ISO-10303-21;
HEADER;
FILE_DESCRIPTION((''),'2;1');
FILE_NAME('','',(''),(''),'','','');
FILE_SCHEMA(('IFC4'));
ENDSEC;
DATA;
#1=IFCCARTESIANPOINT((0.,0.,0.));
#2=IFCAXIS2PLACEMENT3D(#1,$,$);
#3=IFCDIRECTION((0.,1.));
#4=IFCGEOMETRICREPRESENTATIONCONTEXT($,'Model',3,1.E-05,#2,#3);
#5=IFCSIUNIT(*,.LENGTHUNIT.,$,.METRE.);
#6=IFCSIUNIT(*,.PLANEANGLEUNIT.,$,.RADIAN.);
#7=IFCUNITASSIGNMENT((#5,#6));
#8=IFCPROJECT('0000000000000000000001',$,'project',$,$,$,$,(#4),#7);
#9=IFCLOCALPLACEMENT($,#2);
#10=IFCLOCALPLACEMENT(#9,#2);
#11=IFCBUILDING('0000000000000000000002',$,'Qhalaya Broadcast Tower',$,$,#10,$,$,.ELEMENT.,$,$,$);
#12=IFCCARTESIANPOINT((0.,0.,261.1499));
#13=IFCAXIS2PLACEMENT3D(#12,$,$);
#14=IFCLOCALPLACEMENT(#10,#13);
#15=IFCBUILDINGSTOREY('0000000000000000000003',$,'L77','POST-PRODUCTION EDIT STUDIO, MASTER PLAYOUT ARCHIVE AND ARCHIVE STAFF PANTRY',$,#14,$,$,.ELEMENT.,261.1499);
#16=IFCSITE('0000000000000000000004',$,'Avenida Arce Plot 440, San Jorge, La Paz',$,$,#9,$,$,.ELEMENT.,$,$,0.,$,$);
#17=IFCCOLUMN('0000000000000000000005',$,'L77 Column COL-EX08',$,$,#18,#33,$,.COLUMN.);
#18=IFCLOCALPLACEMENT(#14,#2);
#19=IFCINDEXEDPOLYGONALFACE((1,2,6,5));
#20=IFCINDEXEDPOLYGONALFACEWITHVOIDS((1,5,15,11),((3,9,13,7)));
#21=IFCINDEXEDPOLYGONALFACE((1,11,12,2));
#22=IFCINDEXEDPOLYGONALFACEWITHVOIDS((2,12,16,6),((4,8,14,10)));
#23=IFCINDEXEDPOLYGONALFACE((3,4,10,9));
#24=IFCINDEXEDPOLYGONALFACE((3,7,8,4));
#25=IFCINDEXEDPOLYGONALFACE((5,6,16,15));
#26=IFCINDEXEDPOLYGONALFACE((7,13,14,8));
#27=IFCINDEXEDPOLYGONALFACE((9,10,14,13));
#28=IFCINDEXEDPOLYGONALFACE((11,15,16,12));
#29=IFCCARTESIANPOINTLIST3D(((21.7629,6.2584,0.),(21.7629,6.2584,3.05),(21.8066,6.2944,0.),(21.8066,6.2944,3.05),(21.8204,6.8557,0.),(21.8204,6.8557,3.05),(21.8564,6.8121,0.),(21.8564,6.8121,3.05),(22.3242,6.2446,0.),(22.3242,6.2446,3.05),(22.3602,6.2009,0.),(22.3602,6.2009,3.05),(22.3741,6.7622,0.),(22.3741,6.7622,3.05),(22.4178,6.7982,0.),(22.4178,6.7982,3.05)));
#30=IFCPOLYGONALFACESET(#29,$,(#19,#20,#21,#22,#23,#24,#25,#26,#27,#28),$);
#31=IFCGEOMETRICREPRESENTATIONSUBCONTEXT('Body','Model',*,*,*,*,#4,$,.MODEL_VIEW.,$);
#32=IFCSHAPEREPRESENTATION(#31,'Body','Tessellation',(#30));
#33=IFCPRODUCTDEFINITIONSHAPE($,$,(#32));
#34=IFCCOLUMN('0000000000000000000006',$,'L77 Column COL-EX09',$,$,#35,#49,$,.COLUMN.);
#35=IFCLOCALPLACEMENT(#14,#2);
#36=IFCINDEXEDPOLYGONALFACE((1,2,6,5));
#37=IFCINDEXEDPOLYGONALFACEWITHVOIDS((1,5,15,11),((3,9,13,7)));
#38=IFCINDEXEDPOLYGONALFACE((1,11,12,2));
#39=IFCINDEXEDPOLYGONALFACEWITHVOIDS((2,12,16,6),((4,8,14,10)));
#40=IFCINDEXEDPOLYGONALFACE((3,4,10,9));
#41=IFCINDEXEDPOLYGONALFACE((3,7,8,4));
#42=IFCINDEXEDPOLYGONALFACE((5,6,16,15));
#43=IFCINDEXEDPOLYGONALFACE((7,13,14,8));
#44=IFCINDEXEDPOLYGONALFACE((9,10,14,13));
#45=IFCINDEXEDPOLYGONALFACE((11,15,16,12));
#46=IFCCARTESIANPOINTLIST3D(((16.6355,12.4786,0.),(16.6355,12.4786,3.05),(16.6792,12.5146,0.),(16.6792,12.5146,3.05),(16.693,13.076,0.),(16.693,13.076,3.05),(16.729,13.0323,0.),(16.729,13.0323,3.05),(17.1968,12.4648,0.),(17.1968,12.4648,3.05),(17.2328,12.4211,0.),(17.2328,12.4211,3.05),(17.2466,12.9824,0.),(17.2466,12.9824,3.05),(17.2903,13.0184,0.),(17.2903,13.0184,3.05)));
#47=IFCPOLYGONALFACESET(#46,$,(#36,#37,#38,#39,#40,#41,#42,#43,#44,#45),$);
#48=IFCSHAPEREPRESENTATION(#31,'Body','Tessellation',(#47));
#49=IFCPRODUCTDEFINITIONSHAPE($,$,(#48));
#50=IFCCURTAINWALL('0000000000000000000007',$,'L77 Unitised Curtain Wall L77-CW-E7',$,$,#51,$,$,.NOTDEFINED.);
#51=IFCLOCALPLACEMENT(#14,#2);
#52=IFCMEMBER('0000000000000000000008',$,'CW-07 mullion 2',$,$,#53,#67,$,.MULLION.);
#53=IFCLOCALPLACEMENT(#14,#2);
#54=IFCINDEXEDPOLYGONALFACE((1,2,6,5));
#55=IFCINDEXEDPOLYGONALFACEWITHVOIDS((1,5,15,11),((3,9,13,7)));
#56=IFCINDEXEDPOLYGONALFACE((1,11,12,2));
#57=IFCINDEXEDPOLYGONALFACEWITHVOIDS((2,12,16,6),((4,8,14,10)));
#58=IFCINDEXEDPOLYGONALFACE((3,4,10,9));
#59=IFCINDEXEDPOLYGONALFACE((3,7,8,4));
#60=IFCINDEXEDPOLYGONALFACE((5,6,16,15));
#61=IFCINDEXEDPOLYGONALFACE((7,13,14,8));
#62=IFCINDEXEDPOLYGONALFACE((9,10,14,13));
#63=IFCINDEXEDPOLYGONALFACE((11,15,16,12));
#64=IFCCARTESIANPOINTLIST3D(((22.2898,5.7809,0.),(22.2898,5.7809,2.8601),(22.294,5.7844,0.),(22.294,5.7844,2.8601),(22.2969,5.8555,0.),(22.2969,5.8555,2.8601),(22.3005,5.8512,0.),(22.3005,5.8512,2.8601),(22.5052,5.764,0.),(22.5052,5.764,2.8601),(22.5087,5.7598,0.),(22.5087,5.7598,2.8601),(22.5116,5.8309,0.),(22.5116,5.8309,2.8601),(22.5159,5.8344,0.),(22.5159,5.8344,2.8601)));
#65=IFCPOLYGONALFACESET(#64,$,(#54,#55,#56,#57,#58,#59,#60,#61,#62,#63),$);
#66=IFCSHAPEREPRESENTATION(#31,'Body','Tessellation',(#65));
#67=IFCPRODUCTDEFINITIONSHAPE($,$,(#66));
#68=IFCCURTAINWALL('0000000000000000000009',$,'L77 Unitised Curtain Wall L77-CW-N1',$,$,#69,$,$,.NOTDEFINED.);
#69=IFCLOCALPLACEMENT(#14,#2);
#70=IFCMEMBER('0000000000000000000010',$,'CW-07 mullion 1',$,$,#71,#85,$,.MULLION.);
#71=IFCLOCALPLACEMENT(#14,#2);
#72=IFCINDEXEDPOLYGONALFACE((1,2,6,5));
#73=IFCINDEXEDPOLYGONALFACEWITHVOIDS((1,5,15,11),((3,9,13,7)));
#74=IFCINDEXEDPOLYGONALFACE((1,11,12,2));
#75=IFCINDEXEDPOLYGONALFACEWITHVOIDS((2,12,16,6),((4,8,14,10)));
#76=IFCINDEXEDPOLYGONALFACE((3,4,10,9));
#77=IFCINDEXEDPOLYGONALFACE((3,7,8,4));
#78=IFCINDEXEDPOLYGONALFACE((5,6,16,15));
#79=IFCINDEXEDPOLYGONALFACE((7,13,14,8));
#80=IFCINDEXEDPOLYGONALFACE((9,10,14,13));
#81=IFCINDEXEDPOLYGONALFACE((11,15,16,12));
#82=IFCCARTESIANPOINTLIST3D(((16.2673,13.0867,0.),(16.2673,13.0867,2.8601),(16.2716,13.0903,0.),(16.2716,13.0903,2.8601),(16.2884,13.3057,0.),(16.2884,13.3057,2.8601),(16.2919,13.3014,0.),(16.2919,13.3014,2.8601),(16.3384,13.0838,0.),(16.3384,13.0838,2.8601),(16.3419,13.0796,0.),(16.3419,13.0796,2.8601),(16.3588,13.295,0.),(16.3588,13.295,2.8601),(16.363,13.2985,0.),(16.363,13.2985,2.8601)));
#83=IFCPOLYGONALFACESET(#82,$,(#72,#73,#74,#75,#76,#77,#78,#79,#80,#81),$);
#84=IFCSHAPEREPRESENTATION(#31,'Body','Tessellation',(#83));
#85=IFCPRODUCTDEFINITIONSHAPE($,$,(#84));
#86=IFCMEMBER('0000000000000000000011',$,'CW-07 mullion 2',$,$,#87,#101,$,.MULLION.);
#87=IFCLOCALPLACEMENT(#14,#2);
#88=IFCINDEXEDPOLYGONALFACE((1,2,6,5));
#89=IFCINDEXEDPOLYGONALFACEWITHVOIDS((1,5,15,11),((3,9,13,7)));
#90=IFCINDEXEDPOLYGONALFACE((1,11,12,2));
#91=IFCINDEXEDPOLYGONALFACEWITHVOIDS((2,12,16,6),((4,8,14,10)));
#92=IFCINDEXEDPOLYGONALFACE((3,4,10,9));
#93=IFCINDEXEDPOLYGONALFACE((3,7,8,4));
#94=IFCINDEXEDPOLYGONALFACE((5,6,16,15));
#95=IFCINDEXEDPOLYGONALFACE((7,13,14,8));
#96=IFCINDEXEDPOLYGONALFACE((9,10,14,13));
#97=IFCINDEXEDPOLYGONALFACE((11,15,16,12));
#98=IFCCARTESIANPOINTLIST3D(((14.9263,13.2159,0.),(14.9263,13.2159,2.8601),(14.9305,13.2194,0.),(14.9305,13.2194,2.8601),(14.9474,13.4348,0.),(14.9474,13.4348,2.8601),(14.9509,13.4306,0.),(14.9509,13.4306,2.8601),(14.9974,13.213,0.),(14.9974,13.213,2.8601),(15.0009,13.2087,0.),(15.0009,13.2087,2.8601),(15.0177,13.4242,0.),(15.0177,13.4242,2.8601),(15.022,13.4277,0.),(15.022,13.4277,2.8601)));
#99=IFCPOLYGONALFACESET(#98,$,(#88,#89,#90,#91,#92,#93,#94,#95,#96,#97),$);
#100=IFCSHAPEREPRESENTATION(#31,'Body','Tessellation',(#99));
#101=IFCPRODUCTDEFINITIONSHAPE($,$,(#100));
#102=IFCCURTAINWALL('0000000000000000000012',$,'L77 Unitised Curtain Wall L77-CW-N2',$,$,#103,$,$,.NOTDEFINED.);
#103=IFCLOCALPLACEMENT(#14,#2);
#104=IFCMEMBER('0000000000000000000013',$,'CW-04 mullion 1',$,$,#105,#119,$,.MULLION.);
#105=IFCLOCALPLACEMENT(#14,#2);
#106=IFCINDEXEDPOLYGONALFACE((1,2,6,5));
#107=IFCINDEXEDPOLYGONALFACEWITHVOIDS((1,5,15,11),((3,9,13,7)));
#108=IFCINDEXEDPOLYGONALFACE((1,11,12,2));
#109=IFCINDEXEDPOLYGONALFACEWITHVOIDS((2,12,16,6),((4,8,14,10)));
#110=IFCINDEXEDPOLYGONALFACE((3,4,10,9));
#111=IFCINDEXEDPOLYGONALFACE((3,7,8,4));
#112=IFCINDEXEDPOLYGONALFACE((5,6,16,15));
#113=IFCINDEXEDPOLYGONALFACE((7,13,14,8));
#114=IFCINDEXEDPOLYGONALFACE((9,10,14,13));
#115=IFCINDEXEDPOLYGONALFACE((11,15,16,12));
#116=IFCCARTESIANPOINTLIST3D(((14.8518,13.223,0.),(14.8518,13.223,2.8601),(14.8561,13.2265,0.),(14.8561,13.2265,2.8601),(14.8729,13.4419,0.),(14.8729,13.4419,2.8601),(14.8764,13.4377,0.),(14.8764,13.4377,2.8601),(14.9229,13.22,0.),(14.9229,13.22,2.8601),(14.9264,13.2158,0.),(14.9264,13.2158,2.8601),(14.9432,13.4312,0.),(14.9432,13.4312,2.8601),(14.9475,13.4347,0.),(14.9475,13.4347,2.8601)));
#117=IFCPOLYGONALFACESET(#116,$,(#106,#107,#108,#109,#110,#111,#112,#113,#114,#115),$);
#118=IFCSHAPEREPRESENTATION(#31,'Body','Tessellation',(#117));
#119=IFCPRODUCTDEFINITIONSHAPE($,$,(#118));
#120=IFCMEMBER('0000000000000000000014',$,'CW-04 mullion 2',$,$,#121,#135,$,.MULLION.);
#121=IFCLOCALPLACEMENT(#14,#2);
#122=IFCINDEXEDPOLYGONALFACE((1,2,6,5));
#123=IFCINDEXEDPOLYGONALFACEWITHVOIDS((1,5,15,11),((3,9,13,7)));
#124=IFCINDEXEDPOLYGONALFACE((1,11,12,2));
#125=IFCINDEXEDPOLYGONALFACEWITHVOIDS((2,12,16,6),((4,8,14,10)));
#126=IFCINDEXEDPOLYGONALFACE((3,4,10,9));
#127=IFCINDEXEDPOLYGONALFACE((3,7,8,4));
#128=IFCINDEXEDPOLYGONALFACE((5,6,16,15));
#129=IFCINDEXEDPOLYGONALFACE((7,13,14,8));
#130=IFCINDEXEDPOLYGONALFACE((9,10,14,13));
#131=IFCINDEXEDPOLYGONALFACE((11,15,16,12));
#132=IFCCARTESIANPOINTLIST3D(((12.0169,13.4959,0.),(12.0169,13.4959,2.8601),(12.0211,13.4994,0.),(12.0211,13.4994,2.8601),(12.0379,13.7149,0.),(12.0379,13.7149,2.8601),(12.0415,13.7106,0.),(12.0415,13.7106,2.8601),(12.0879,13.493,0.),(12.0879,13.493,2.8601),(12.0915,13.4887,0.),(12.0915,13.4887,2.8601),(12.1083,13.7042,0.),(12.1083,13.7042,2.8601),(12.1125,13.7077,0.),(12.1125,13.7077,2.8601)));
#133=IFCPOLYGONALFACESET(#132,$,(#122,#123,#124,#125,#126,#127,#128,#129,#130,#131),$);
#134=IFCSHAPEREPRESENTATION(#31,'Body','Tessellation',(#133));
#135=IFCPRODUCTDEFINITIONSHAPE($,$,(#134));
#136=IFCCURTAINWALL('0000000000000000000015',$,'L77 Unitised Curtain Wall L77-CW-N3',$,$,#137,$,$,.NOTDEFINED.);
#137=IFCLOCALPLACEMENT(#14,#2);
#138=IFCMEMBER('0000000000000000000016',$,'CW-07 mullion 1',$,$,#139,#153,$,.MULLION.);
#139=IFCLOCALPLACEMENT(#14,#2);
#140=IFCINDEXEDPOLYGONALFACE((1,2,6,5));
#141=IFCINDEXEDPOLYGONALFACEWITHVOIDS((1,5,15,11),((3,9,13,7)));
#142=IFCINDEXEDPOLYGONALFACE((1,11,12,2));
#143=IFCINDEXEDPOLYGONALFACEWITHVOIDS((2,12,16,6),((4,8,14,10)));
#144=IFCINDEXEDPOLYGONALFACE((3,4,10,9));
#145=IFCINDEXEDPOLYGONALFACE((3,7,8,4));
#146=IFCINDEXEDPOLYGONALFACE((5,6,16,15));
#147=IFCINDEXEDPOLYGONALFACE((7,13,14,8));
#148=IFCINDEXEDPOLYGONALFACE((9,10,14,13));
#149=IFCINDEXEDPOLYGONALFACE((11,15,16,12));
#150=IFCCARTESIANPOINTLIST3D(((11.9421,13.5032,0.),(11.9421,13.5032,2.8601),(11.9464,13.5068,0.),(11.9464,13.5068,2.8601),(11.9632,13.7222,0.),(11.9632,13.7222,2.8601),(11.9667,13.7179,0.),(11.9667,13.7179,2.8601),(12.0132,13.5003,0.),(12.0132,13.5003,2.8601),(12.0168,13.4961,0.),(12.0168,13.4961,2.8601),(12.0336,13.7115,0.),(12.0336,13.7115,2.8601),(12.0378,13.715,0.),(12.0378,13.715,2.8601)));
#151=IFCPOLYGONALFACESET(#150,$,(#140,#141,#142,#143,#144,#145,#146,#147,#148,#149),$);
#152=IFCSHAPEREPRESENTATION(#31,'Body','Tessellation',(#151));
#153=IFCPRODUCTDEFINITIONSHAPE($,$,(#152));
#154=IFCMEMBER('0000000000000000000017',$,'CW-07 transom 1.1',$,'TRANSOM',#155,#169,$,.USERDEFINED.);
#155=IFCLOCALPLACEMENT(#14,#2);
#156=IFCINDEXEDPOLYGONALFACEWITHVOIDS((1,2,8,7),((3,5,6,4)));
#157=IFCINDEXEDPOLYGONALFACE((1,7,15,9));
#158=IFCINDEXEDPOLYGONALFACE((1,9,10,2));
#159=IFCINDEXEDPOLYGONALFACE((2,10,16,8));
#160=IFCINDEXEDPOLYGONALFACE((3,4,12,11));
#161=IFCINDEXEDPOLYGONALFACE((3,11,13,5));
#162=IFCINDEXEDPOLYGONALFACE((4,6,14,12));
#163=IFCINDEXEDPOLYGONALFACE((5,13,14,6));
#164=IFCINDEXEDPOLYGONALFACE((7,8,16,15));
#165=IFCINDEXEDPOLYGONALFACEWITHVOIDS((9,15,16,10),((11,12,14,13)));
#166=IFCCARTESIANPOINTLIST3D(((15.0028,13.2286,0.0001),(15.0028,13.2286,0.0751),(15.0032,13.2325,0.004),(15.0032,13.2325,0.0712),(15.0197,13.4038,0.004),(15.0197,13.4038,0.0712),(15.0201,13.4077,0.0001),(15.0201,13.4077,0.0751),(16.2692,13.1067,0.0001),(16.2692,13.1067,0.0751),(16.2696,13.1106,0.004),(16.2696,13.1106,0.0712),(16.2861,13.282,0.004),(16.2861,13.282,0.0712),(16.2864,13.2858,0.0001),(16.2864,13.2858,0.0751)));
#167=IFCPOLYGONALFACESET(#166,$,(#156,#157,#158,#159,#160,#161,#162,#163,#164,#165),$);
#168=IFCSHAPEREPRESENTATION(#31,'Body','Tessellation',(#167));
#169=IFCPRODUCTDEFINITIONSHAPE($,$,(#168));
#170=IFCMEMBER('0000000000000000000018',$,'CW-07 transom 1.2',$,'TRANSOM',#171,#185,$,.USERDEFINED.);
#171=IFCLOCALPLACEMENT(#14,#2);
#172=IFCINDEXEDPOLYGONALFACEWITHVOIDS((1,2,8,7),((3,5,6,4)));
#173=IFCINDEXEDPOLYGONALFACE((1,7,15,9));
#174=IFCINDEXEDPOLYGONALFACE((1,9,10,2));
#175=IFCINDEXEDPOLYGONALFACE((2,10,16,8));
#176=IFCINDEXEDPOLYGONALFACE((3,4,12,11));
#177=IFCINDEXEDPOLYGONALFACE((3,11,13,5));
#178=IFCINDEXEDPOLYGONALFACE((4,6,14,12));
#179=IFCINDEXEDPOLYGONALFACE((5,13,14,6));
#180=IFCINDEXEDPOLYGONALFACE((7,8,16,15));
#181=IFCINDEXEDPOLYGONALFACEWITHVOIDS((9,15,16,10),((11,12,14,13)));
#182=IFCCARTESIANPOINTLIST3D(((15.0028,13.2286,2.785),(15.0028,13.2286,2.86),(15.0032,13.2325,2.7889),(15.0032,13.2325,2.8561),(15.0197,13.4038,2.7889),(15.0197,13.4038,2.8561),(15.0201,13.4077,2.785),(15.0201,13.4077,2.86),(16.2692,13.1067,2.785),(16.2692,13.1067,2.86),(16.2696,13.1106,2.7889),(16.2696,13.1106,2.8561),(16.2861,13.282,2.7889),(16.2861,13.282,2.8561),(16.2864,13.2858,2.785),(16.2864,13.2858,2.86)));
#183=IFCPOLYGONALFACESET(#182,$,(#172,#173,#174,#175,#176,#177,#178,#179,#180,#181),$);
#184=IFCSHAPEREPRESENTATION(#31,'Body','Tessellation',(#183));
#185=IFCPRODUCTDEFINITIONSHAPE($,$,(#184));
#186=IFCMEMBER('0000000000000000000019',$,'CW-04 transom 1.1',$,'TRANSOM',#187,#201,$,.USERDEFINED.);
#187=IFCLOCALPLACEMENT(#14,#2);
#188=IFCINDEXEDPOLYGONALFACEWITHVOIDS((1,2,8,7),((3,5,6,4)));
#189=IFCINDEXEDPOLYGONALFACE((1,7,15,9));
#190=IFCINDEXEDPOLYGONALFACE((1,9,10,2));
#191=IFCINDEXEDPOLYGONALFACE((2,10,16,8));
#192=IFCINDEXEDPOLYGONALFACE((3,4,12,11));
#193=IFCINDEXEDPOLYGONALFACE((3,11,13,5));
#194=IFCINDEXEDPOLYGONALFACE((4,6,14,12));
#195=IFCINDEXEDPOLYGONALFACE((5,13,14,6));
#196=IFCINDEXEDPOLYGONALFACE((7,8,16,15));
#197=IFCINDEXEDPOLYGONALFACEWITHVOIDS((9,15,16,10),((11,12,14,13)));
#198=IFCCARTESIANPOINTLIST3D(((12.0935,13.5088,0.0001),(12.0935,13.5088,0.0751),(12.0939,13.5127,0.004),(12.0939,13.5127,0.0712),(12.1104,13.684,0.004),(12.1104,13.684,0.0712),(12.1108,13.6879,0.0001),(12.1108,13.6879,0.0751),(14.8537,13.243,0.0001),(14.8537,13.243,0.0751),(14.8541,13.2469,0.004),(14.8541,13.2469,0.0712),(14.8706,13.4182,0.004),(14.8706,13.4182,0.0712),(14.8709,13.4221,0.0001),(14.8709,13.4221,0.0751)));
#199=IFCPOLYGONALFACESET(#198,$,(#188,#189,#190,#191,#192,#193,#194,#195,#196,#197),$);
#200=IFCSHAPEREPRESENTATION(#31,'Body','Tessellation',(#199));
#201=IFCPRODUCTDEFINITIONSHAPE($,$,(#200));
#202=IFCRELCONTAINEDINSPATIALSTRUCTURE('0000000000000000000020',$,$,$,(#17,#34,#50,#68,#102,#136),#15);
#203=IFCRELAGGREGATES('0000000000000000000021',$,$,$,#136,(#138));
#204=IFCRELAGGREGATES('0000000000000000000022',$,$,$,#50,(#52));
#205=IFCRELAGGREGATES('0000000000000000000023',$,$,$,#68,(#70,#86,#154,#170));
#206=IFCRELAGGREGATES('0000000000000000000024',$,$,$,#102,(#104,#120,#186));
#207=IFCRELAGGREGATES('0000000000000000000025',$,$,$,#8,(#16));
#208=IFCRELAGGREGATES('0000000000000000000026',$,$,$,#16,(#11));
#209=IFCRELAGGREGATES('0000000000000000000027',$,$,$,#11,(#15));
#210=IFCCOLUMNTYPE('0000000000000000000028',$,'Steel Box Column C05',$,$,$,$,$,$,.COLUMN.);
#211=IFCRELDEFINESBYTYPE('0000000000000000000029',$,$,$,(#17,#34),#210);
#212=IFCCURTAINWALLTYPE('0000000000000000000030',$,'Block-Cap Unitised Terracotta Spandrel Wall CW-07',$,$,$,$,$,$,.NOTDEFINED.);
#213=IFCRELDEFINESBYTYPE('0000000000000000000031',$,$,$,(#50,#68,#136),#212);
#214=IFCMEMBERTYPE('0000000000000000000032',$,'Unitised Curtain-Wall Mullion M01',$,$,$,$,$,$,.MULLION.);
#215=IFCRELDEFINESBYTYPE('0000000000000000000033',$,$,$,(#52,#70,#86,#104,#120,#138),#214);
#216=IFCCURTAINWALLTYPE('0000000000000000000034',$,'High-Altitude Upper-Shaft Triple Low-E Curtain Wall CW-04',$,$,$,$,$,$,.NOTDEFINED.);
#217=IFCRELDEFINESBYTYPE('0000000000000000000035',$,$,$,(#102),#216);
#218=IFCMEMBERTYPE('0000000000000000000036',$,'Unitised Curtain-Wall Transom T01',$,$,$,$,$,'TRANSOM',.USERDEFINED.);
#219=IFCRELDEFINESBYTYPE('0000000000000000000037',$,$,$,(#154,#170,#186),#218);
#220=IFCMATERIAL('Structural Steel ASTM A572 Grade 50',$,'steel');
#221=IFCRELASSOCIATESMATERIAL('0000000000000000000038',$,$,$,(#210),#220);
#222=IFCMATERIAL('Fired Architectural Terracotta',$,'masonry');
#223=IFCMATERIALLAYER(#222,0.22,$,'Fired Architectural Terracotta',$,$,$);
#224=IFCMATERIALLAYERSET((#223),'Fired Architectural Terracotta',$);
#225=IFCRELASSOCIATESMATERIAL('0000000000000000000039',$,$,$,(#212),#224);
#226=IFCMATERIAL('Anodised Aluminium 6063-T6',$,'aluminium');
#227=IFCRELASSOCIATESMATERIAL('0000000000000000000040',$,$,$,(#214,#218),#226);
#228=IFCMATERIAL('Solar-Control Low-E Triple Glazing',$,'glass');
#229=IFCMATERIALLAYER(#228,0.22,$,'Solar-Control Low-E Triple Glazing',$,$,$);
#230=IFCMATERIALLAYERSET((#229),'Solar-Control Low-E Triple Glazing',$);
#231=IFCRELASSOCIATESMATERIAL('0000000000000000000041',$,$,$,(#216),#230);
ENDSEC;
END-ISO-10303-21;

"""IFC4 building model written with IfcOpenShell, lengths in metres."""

from ifc_helpers import new_model, si_unit, direction, frame, origin, origin_2d, place, context, subcontext, project, spatial, hollow_rectangle, extrude, material, layer, layer_set, material_profile, profile_set, type_object, element, aggregate, save


model = new_model("IFC4")

# Units and contexts
model_context = context("Model", 3, precision=1e-05, world=origin(), true_north=direction((0.0, 1.0)))
body_context = subcontext(model_context, "Body", "Model", "MODEL_VIEW")
ifc_project = project(units=[si_unit("LENGTHUNIT", "METRE"), si_unit("PLANEANGLEUNIT", "RADIAN")], contexts=[model_context])

# Site, building, storey
site_placement = place(None, origin())
site = spatial("IfcSite", under=ifc_project, at=site_placement, Name="Avenida Arce Plot 440, San Jorge, La Paz", CompositionType="ELEMENT", RefElevation=0.0)
building_placement = place(site_placement, origin())
building = spatial("IfcBuilding", under=site, at=building_placement, Name="Qhalaya Broadcast Tower", CompositionType="ELEMENT")
storey_placement = place(building_placement, frame((0.0, 0.0, 261.1499)))
storey = spatial("IfcBuildingStorey", under=building, at=storey_placement, Name="L77", Description="POST-PRODUCTION EDIT STUDIO, MASTER PLAYOUT ARCHIVE AND ARCHIVE STAFF PANTRY", CompositionType="ELEMENT", Elevation=261.1499)

# Columns
ifc_material_1 = material(Name="Structural Steel ASTM A572 Grade 50", Category="steel")
ifc_material_profile_1 = material_profile(ifc_material_1, hollow_rectangle(XDim=0.6001, YDim=0.6001, WallThickness=0.04, at=origin_2d()), Name="BOX 600x600x40")
ifc_profile_set_1 = profile_set([ifc_material_profile_1], Name="Structural Steel ASTM A572 Grade 50")
column_type = type_object("IfcColumnType", Name="Steel Box Column C05", PredefinedType="COLUMN", material=ifc_profile_set_1)
for number, where, z_axis, x_axis, name in (
    (1, (22.0903, 6.5283, 0.0), (0.0, 0.0, 1.0), (0.095846, 0.995396, 0.0), "L77 Column COL-EX08"),
    (2, (16.9629, 12.7485, 0.0), (0.0, 0.0, 1.0), (0.995396, -0.095846, 0.0), "L77 Column COL-EX09"),
):
    element("IfcColumn", number, at=place(storey_placement, frame(where, z_axis=z_axis, x_axis=x_axis)), inside=storey, type_object=column_type, Name=name, PredefinedType="COLUMN", context=body_context, shape_type="SweptSolid", body=[
        extrude(hollow_rectangle(XDim=0.6001, YDim=0.6001, WallThickness=0.04, at=origin_2d()), origin(), (0.0, 0.0, 1.0), 3.05),
    ])

# Curtain wall, member
ifc_material_2 = material(Name="Fired Architectural Terracotta", Category="masonry")
ifc_layer_1 = layer(ifc_material_2, 0.22, Name="Fired Architectural Terracotta")
ifc_layer_set_1 = layer_set([ifc_layer_1], Name="Fired Architectural Terracotta")
curtain_wall_type_1 = type_object("IfcCurtainWallType", Name="Block-Cap Unitised Terracotta Spandrel Wall CW-07", PredefinedType="NOTDEFINED", material=ifc_layer_set_1)
curtain_wall_1_placement = place(storey_placement, origin())
curtain_wall_1 = element("IfcCurtainWall", 3, at=curtain_wall_1_placement, inside=storey, type_object=curtain_wall_type_1, Name="L77 Unitised Curtain Wall L77-CW-E7", PredefinedType="NOTDEFINED")
ifc_material_3 = material(Name="Anodised Aluminium 6063-T6", Category="aluminium")
ifc_material_profile_2 = material_profile(ifc_material_3, hollow_rectangle(XDim=0.075, YDim=0.22, WallThickness=0.0039, at=origin_2d()), Name="ALU-MUL 75x220x4")
ifc_profile_set_2 = profile_set([ifc_material_profile_2], Name="Anodised Aluminium 6063-T6")
member_type_1 = type_object("IfcMemberType", Name="Unitised Curtain-Wall Mullion M01", PredefinedType="MULLION", material=ifc_profile_set_2)
member_1_placement = place(storey_placement, frame((22.4028, 5.8076, 0.0), z_axis=(0.0, 0.0, 1.0), x_axis=(0.095857, 0.995395, 0.0)))
member_1 = element("IfcMember", 4, at=member_1_placement, type_object=member_type_1, Name="CW-07 mullion 2", PredefinedType="MULLION", context=body_context, shape_type="SweptSolid", body=[
    extrude(hollow_rectangle(XDim=0.075, YDim=0.22, WallThickness=0.0039, at=origin_2d()), origin(), (0.0, 0.0, 1.0), 2.8601),
])

# Curtain walls, members
curtain_wall_2_placement = place(storey_placement, origin())
curtain_wall_2 = element("IfcCurtainWall", 5, at=curtain_wall_2_placement, inside=storey, type_object=curtain_wall_type_1, Name="L77 Unitised Curtain Wall L77-CW-N1", PredefinedType="NOTDEFINED")
member_2_placement = place(storey_placement, frame((16.3152, 13.1926, 0.0), z_axis=(0.0, 0.0, 1.0), x_axis=(-0.995396, 0.095848, 0.0)))
member_2 = element("IfcMember", 6, at=member_2_placement, type_object=member_type_1, Name="CW-07 mullion 1", PredefinedType="MULLION", context=body_context, shape_type="SweptSolid", body=[
    extrude(hollow_rectangle(XDim=0.075, YDim=0.22, WallThickness=0.0039, at=origin_2d()), origin(), (0.0, 0.0, 1.0), 2.8601),
])
member_3_placement = place(storey_placement, frame((14.9741, 13.3218, 0.0), z_axis=(0.0, 0.0, 1.0), x_axis=(-0.995396, 0.095848, 0.0)))
member_3 = element("IfcMember", 7, at=member_3_placement, type_object=member_type_1, Name="CW-07 mullion 2", PredefinedType="MULLION", context=body_context, shape_type="SweptSolid", body=[
    extrude(hollow_rectangle(XDim=0.075, YDim=0.22, WallThickness=0.0039, at=origin_2d()), origin(), (0.0, 0.0, 1.0), 2.8601),
])
ifc_material_4 = material(Name="Solar-Control Low-E Triple Glazing", Category="glass")
ifc_layer_2 = layer(ifc_material_4, 0.22, Name="Solar-Control Low-E Triple Glazing")
ifc_layer_set_2 = layer_set([ifc_layer_2], Name="Solar-Control Low-E Triple Glazing")
curtain_wall_type_2 = type_object("IfcCurtainWallType", Name="High-Altitude Upper-Shaft Triple Low-E Curtain Wall CW-04", PredefinedType="NOTDEFINED", material=ifc_layer_set_2)
curtain_wall_3_placement = place(storey_placement, origin())
curtain_wall_3 = element("IfcCurtainWall", 8, at=curtain_wall_3_placement, inside=storey, type_object=curtain_wall_type_2, Name="L77 Unitised Curtain Wall L77-CW-N2", PredefinedType="NOTDEFINED")
member_4_placement = place(storey_placement, frame((14.8997, 13.3289, 0.0), z_axis=(0.0, 0.0, 1.0), x_axis=(-0.995395, 0.095862, 0.0)))
member_4 = element("IfcMember", 9, at=member_4_placement, type_object=member_type_1, Name="CW-04 mullion 1", PredefinedType="MULLION", context=body_context, shape_type="SweptSolid", body=[
    extrude(hollow_rectangle(XDim=0.075, YDim=0.22, WallThickness=0.0039, at=origin_2d()), origin(), (0.0, 0.0, 1.0), 2.8601),
])
member_5_placement = place(storey_placement, frame((12.0647, 13.6018, 0.0), z_axis=(0.0, 0.0, 1.0), x_axis=(-0.995395, 0.095862, 0.0)))
member_5 = element("IfcMember", 10, at=member_5_placement, type_object=member_type_1, Name="CW-04 mullion 2", PredefinedType="MULLION", context=body_context, shape_type="SweptSolid", body=[
    extrude(hollow_rectangle(XDim=0.075, YDim=0.22, WallThickness=0.0039, at=origin_2d()), origin(), (0.0, 0.0, 1.0), 2.8601),
])

# Curtain wall, member
curtain_wall_4_placement = place(storey_placement, origin())
curtain_wall_4 = element("IfcCurtainWall", 11, at=curtain_wall_4_placement, inside=storey, type_object=curtain_wall_type_1, Name="L77 Unitised Curtain Wall L77-CW-N3", PredefinedType="NOTDEFINED")
member_6_placement = place(storey_placement, frame((11.99, 13.6091, 0.0), z_axis=(0.0, 0.0, 1.0), x_axis=(-0.995396, 0.095845, 0.0)))
member_6 = element("IfcMember", 12, at=member_6_placement, type_object=member_type_1, Name="CW-07 mullion 1", PredefinedType="MULLION", context=body_context, shape_type="SweptSolid", body=[
    extrude(hollow_rectangle(XDim=0.075, YDim=0.22, WallThickness=0.0039, at=origin_2d()), origin(), (0.0, 0.0, 1.0), 2.8601),
])

# Members
ifc_material_profile_3 = material_profile(ifc_material_3, hollow_rectangle(XDim=0.075, YDim=0.1799, WallThickness=0.0039, at=origin_2d()), Name="ALU-TRN 75x180x4")
ifc_profile_set_3 = profile_set([ifc_material_profile_3], Name="Anodised Aluminium 6063-T6")
member_type_2 = type_object("IfcMemberType", Name="Unitised Curtain-Wall Transom T01", ElementType="TRANSOM", PredefinedType="USERDEFINED", material=ifc_profile_set_3)
member_7_placement = place(storey_placement, frame((16.2778, 13.1963, 0.0376), z_axis=(-0.995404, 0.09576, 0.0), x_axis=(0.0, 0.0, 1.0)))
member_7 = element("IfcMember", 13, at=member_7_placement, type_object=member_type_2, Name="CW-07 transom 1.1", ObjectType="TRANSOM", PredefinedType="USERDEFINED", context=body_context, shape_type="SweptSolid", body=[
    extrude(hollow_rectangle(XDim=0.075, YDim=0.1799, WallThickness=0.0039, at=origin_2d()), origin(), (0.0, 0.0, 1.0), 1.2722),
])
member_8_placement = place(storey_placement, frame((16.2778, 13.1963, 2.8225), z_axis=(-0.995404, 0.09576, 0.0), x_axis=(0.0, 0.0, 1.0)))
member_8 = element("IfcMember", 14, at=member_8_placement, type_object=member_type_2, Name="CW-07 transom 1.2", ObjectType="TRANSOM", PredefinedType="USERDEFINED", context=body_context, shape_type="SweptSolid", body=[
    extrude(hollow_rectangle(XDim=0.075, YDim=0.1799, WallThickness=0.0039, at=origin_2d()), origin(), (0.0, 0.0, 1.0), 1.2722),
])
member_9_placement = place(storey_placement, frame((14.8623, 13.3325, 0.0376), z_axis=(-0.995393, 0.095877, 0.0), x_axis=(0.0, 0.0, 1.0)))
member_9 = element("IfcMember", 15, at=member_9_placement, type_object=member_type_2, Name="CW-04 transom 1.1", ObjectType="TRANSOM", PredefinedType="USERDEFINED", context=body_context, shape_type="SweptSolid", body=[
    extrude(hollow_rectangle(XDim=0.075, YDim=0.1799, WallThickness=0.0039, at=origin_2d()), origin(), (0.0, 0.0, 1.0), 2.7729),
])
aggregate(curtain_wall_4, [member_6])

aggregate(curtain_wall_1, [member_1])
aggregate(curtain_wall_2, [member_2, member_3, member_7, member_8])
aggregate(curtain_wall_3, [member_4, member_5, member_9])

save(model, "model.ifc")
